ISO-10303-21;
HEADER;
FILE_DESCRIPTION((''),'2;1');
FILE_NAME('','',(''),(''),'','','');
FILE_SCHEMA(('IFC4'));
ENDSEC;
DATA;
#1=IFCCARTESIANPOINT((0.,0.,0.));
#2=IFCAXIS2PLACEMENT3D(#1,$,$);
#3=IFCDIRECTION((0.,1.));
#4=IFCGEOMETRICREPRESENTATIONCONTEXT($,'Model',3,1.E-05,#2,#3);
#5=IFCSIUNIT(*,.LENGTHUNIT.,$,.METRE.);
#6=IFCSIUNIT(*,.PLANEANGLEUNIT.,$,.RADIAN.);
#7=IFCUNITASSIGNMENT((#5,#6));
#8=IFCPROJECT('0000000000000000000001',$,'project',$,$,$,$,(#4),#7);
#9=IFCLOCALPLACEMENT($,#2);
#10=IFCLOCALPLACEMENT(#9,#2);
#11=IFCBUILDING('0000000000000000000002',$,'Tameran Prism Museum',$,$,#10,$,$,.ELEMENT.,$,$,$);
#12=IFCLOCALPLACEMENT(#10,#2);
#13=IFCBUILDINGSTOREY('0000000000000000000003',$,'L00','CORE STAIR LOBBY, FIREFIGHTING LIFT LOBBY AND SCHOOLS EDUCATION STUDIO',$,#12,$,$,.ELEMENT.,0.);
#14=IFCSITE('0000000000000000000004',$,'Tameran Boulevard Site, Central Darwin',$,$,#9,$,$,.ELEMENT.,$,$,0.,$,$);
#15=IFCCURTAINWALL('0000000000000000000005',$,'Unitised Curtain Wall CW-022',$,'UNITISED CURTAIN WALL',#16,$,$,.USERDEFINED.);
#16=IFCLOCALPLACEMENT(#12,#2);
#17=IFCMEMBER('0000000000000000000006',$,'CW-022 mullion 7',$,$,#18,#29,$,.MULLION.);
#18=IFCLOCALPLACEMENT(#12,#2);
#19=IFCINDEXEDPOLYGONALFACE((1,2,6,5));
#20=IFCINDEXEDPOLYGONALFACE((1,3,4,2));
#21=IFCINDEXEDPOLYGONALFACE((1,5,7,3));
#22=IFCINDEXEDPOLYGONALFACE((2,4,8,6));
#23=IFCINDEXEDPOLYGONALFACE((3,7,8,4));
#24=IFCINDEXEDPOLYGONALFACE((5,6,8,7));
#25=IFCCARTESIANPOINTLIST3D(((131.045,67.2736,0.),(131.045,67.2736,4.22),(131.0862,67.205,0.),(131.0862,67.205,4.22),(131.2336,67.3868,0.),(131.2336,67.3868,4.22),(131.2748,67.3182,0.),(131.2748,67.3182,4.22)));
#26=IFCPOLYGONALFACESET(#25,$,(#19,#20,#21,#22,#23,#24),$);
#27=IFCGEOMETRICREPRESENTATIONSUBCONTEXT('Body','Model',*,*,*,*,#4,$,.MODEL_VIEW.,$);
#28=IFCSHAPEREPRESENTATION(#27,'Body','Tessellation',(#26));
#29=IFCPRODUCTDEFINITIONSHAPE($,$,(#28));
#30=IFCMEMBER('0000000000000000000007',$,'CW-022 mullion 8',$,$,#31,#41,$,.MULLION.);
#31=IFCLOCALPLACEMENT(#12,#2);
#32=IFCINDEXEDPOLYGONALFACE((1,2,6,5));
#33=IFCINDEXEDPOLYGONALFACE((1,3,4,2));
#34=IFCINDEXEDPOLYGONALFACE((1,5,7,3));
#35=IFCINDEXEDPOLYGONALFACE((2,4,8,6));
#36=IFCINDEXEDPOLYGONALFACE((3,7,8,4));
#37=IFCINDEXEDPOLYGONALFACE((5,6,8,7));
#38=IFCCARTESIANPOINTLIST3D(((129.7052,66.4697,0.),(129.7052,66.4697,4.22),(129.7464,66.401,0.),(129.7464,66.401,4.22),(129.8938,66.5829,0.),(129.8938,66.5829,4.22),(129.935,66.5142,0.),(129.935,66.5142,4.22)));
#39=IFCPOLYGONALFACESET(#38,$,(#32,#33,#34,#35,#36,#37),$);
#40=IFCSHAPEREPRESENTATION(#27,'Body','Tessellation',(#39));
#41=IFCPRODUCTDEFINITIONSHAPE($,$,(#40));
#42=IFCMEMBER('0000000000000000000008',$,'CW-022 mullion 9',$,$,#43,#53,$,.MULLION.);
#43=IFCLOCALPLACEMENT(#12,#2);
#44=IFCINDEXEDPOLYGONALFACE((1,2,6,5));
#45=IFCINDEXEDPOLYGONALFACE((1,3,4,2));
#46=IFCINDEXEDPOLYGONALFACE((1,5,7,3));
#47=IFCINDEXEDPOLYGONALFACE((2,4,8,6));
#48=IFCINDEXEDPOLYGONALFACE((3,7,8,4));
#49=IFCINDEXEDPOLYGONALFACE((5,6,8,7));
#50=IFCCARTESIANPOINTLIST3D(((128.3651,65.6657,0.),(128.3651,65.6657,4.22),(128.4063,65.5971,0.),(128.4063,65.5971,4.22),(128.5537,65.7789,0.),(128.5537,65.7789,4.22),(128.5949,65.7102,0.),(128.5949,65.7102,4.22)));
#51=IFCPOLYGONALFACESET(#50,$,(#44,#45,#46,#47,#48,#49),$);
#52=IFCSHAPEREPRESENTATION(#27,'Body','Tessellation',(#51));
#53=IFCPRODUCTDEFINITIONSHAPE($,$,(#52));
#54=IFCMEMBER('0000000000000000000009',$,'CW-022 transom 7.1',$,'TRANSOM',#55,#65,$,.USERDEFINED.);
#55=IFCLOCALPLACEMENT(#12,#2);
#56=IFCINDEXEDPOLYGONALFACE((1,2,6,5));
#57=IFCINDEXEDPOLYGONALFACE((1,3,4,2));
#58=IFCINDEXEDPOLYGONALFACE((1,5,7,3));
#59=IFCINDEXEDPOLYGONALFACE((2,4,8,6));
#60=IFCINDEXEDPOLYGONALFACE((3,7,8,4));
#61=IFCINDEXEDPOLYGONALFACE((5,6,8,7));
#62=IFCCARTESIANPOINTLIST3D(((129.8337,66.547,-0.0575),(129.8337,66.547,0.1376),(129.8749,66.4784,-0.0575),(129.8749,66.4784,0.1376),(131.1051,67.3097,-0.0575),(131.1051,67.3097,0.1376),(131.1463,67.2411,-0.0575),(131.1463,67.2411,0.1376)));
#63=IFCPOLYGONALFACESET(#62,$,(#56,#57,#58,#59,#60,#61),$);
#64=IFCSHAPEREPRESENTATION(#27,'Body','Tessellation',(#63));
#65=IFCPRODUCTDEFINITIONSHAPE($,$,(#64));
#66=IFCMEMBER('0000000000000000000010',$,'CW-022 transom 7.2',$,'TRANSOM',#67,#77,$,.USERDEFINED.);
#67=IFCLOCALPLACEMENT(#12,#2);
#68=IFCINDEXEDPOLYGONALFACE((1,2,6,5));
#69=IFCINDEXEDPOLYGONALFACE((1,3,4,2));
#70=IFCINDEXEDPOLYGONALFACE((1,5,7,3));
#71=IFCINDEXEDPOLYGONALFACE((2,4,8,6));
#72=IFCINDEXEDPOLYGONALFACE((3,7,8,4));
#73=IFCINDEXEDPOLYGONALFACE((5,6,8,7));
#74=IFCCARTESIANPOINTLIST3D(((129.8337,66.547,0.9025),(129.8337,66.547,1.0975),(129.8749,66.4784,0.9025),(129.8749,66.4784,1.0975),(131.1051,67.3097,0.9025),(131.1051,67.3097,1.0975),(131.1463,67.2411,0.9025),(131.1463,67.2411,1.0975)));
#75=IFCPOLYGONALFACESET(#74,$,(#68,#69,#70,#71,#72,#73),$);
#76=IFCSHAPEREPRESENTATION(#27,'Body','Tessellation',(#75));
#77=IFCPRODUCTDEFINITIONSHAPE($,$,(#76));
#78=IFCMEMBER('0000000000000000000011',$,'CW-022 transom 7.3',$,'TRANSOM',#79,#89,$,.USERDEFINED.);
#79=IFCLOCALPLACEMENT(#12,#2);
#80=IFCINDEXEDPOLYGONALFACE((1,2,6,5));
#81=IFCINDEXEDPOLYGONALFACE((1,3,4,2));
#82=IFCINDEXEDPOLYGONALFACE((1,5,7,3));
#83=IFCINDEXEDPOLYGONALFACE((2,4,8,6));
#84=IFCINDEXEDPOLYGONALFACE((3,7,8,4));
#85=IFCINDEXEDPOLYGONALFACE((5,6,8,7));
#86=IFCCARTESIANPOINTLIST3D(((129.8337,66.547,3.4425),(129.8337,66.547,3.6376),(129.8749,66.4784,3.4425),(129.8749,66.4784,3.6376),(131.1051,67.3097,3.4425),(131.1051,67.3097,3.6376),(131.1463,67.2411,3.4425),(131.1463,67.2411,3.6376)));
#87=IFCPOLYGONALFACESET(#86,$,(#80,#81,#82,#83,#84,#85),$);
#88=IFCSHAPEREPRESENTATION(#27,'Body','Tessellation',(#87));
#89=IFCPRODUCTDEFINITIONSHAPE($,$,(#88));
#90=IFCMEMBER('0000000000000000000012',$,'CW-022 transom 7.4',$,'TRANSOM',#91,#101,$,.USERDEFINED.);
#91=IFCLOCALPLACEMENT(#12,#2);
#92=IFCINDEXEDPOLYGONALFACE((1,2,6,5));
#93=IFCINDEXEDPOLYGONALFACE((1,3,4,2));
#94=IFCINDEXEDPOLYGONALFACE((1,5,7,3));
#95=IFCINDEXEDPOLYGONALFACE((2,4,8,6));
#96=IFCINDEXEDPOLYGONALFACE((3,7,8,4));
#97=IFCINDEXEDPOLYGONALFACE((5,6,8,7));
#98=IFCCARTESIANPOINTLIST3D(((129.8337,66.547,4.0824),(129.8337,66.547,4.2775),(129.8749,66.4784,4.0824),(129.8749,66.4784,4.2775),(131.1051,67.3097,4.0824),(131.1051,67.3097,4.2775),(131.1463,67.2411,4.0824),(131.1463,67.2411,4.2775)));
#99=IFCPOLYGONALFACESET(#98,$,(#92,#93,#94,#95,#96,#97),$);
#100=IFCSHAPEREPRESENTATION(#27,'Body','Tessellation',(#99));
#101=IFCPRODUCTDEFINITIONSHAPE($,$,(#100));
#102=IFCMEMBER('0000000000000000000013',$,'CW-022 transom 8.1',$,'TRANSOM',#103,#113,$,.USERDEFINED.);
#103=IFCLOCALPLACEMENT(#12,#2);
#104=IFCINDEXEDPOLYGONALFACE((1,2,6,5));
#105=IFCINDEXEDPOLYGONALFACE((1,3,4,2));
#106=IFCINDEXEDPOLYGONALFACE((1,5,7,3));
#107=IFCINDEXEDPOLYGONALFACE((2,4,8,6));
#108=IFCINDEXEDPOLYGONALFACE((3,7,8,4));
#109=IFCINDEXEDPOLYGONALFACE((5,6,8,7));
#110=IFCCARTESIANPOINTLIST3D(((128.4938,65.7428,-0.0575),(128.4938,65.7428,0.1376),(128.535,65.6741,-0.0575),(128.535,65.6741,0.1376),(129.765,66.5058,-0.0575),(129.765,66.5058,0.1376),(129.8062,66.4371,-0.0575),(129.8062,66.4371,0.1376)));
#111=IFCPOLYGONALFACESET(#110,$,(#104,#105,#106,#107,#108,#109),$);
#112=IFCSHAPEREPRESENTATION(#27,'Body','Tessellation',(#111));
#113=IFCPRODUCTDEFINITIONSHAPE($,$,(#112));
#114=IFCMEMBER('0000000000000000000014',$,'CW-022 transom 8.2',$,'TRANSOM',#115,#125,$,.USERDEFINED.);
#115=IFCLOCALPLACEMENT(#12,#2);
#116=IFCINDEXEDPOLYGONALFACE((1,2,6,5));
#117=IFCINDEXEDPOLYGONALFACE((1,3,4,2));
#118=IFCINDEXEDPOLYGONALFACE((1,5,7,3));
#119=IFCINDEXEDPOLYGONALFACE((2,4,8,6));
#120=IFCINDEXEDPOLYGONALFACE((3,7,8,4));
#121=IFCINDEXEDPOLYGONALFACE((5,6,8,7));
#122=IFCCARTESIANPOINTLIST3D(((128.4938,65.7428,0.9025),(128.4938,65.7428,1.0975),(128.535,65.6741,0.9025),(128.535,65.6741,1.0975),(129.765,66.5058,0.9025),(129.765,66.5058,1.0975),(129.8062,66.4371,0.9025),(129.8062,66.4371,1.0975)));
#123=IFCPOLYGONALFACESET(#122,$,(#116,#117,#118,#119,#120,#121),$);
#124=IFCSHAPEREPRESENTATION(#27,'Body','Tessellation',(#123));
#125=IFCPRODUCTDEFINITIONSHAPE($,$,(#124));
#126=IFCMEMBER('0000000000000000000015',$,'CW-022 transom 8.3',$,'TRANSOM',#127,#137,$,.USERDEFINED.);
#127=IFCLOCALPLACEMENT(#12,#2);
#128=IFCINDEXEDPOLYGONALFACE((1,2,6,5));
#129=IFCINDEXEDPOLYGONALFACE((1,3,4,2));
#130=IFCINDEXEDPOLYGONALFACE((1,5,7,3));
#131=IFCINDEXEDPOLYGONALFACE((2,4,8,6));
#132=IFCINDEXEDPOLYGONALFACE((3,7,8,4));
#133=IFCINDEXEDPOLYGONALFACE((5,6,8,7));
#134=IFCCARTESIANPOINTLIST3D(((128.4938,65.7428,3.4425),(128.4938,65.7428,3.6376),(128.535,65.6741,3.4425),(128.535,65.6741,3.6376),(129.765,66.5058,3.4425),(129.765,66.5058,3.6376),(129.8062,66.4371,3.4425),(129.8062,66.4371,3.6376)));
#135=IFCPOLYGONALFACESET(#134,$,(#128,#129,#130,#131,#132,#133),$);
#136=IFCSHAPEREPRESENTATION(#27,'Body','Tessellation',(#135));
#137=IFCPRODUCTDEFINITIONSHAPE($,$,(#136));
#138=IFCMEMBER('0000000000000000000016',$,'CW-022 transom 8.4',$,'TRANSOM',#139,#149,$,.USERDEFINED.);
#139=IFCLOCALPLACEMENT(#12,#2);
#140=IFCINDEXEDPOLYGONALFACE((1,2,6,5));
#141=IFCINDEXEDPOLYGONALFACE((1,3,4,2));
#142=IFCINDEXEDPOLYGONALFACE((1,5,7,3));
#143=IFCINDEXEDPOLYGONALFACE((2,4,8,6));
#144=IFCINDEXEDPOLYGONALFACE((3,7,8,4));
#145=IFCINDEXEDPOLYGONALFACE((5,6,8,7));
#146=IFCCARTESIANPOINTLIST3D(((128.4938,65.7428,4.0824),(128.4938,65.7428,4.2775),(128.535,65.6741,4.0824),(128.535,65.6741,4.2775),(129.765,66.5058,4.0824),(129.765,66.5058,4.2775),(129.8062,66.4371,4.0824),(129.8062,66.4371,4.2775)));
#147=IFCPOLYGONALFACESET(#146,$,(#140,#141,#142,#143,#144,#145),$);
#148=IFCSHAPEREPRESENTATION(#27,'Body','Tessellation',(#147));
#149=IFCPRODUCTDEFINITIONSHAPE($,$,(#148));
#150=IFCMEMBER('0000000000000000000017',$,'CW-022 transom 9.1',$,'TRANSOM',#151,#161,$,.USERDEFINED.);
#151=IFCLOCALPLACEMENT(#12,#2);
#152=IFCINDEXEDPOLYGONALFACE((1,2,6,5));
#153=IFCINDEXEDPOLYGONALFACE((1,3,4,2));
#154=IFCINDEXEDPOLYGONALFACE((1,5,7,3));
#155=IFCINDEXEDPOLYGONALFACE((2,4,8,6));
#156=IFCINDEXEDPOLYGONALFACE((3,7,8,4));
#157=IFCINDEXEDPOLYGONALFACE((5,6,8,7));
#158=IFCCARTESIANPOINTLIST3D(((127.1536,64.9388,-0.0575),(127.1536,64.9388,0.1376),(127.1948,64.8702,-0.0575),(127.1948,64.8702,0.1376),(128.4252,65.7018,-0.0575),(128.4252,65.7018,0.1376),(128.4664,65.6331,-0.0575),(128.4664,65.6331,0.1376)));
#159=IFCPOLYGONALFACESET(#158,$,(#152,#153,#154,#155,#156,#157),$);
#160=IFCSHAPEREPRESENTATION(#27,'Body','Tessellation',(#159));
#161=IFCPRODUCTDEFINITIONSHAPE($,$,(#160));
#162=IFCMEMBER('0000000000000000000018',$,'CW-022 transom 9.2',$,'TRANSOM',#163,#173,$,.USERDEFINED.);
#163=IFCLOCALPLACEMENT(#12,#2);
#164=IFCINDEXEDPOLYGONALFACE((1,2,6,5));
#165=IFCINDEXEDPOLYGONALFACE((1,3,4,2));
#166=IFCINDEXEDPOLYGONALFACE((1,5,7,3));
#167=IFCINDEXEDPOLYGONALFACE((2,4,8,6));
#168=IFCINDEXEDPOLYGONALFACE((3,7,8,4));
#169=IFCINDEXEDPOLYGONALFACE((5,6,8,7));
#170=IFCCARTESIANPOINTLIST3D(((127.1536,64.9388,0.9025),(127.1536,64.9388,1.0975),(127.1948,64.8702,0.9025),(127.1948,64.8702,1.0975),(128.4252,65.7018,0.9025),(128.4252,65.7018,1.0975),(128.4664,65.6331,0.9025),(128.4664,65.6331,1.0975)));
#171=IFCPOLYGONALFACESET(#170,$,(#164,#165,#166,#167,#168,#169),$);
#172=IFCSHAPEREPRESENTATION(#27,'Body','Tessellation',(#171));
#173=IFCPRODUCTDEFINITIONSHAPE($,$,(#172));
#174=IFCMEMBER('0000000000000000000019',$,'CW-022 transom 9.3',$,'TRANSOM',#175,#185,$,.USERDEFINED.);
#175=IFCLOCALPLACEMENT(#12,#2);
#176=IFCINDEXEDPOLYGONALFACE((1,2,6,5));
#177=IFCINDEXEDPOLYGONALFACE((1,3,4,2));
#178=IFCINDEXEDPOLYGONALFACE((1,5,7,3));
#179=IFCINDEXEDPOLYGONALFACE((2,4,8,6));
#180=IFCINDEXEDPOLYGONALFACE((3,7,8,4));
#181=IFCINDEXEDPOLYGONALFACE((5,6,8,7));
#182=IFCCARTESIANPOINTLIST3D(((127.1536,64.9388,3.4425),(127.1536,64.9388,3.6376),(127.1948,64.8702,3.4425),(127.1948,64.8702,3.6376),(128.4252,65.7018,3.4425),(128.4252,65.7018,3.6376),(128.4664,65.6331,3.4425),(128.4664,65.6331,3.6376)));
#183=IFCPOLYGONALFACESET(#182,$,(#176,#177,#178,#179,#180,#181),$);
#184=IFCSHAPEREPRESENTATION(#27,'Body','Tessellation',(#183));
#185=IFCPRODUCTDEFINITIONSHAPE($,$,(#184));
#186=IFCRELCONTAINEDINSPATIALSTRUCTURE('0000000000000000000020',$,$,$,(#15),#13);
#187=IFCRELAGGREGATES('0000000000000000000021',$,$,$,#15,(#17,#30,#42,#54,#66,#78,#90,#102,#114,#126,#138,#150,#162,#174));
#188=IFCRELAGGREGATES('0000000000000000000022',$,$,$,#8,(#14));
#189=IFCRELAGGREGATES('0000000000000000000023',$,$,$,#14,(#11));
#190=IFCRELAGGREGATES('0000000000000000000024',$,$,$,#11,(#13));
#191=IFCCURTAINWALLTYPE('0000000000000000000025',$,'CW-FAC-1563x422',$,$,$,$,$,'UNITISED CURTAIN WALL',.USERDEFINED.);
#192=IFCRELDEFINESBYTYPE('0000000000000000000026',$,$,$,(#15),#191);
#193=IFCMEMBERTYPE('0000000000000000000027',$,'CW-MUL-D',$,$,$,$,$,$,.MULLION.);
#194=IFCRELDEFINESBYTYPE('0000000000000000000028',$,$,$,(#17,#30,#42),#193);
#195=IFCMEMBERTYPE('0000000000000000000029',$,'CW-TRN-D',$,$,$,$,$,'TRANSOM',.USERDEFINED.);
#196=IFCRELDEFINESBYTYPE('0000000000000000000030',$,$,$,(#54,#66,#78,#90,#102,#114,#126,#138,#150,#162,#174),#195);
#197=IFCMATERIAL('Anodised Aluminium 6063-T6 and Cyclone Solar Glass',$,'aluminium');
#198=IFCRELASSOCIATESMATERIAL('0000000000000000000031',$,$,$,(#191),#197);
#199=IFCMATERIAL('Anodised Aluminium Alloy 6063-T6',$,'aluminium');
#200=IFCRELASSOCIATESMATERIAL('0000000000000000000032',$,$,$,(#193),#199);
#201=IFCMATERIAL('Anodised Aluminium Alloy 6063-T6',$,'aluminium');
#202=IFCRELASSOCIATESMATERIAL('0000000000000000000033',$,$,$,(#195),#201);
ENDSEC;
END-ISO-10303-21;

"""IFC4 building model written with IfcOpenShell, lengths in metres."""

from ifc_helpers import new_model, si_unit, direction, frame, origin, origin_2d, place, context, subcontext, project, spatial, rectangle, extrude, material, material_profile, profile_set, type_object, element, aggregate, save


model = new_model("IFC4")

# Units and contexts
model_context = context("Model", 3, precision=1e-05, world=origin(), true_north=direction((0.0, 1.0)))
body_context = subcontext(model_context, "Body", "Model", "MODEL_VIEW")
ifc_project = project(units=[si_unit("LENGTHUNIT", "METRE"), si_unit("PLANEANGLEUNIT", "RADIAN")], contexts=[model_context])

# Site, building, storey
site_placement = place(None, origin())
site = spatial("IfcSite", under=ifc_project, at=site_placement, Name="Tameran Boulevard Site, Central Darwin", CompositionType="ELEMENT", RefElevation=0.0)
building_placement = place(site_placement, origin())
building = spatial("IfcBuilding", under=site, at=building_placement, Name="Tameran Prism Museum", CompositionType="ELEMENT")
storey_placement = place(building_placement, origin())
storey = spatial("IfcBuildingStorey", under=building, at=storey_placement, Name="L00", Description="CORE STAIR LOBBY, FIREFIGHTING LIFT LOBBY AND SCHOOLS EDUCATION STUDIO", CompositionType="ELEMENT", Elevation=0.0)

# Curtain wall, members
ifc_material_1 = material(Name="Anodised Aluminium 6063-T6 and Cyclone Solar Glass", Category="aluminium")
curtain_wall_type = type_object("IfcCurtainWallType", Name="CW-FAC-1563x422", ElementType="UNITISED CURTAIN WALL", PredefinedType="USERDEFINED", material=ifc_material_1)
curtain_wall_placement = place(storey_placement, origin())
curtain_wall = element("IfcCurtainWall", 1, at=curtain_wall_placement, inside=storey, type_object=curtain_wall_type, Name="Unitised Curtain Wall CW-022", ObjectType="UNITISED CURTAIN WALL", PredefinedType="USERDEFINED")
ifc_material_2 = material(Name="Anodised Aluminium Alloy 6063-T6", Category="aluminium")
ifc_material_profile_1 = material_profile(ifc_material_2, rectangle(XDim=0.0801, YDim=0.22, at=origin_2d()))
ifc_profile_set_1 = profile_set([ifc_material_profile_1])
member_type_1 = type_object("IfcMemberType", Name="CW-MUL-D", PredefinedType="MULLION", material=ifc_profile_set_1)
member_1_placement = place(storey_placement, frame((131.1599, 67.2959, 0.0), z_axis=(0.0, 0.0, 1.0), x_axis=(0.514496, -0.857493, 0.0)))
member_1 = element("IfcMember", 2, at=member_1_placement, type_object=member_type_1, Name="CW-022 mullion 7", PredefinedType="MULLION", context=body_context, shape_type="SweptSolid", body=[
    extrude(rectangle(XDim=0.0801, YDim=0.22, at=origin_2d()), origin(), (0.0, 0.0, 1.0), 4.22),
])
member_2_placement = place(storey_placement, frame((129.8201, 66.4919, 0.0), z_axis=(0.0, 0.0, 1.0), x_axis=(0.514496, -0.857493, 0.0)))
member_2 = element("IfcMember", 3, at=member_2_placement, type_object=member_type_1, Name="CW-022 mullion 8", PredefinedType="MULLION", context=body_context, shape_type="SweptSolid", body=[
    extrude(rectangle(XDim=0.0801, YDim=0.22, at=origin_2d()), origin(), (0.0, 0.0, 1.0), 4.22),
])
member_3_placement = place(storey_placement, frame((128.48, 65.688, 0.0), z_axis=(0.0, 0.0, 1.0), x_axis=(0.514496, -0.857493, 0.0)))
member_3 = element("IfcMember", 4, at=member_3_placement, type_object=member_type_1, Name="CW-022 mullion 9", PredefinedType="MULLION", context=body_context, shape_type="SweptSolid", body=[
    extrude(rectangle(XDim=0.0801, YDim=0.22, at=origin_2d()), origin(), (0.0, 0.0, 1.0), 4.22),
])
ifc_material_3 = material(Name="Anodised Aluminium Alloy 6063-T6", Category="aluminium")
ifc_material_profile_2 = material_profile(ifc_material_3, rectangle(XDim=0.0801, YDim=0.1951, at=origin_2d()))
ifc_profile_set_2 = profile_set([ifc_material_profile_2])
member_type_2 = type_object("IfcMemberType", Name="CW-TRN-D", ElementType="TRANSOM", PredefinedType="USERDEFINED", material=ifc_profile_set_2)
member_4_placement = place(storey_placement, frame((131.1257, 67.2754, 0.04), z_axis=(-0.857551, -0.514399, 0.0), x_axis=(0.514399, -0.857551, 0.0)))
member_4 = element("IfcMember", 5, at=member_4_placement, type_object=member_type_2, Name="CW-022 transom 7.1", ObjectType="TRANSOM", PredefinedType="USERDEFINED", context=body_context, shape_type="SweptSolid", body=[
    extrude(rectangle(XDim=0.0801, YDim=0.1951, at=origin_2d()), origin(), (0.0, 0.0, 1.0), 1.4827),
])
member_5_placement = place(storey_placement, frame((131.1257, 67.2754, 1.0), z_axis=(-0.857551, -0.514399, 0.0), x_axis=(0.514399, -0.857551, 0.0)))
member_5 = element("IfcMember", 6, at=member_5_placement, type_object=member_type_2, Name="CW-022 transom 7.2", ObjectType="TRANSOM", PredefinedType="USERDEFINED", context=body_context, shape_type="SweptSolid", body=[
    extrude(rectangle(XDim=0.0801, YDim=0.1951, at=origin_2d()), origin(), (0.0, 0.0, 1.0), 1.4827),
])
member_6_placement = place(storey_placement, frame((131.1257, 67.2754, 3.54), z_axis=(-0.857551, -0.514399, 0.0), x_axis=(0.514399, -0.857551, 0.0)))
member_6 = element("IfcMember", 7, at=member_6_placement, type_object=member_type_2, Name="CW-022 transom 7.3", ObjectType="TRANSOM", PredefinedType="USERDEFINED", context=body_context, shape_type="SweptSolid", body=[
    extrude(rectangle(XDim=0.0801, YDim=0.1951, at=origin_2d()), origin(), (0.0, 0.0, 1.0), 1.4827),
])
member_7_placement = place(storey_placement, frame((131.1257, 67.2754, 4.1799), z_axis=(-0.857551, -0.514399, 0.0), x_axis=(0.514399, -0.857551, 0.0)))
member_7 = element("IfcMember", 8, at=member_7_placement, type_object=member_type_2, Name="CW-022 transom 7.4", ObjectType="TRANSOM", PredefinedType="USERDEFINED", context=body_context, shape_type="SweptSolid", body=[
    extrude(rectangle(XDim=0.0801, YDim=0.1951, at=origin_2d()), origin(), (0.0, 0.0, 1.0), 1.4827),
])
member_8_placement = place(storey_placement, frame((129.7856, 66.4714, 0.04), z_axis=(-0.857435, -0.514593, 0.0), x_axis=(0.514593, -0.857435, 0.0)))
member_8 = element("IfcMember", 9, at=member_8_placement, type_object=member_type_2, Name="CW-022 transom 8.1", ObjectType="TRANSOM", PredefinedType="USERDEFINED", context=body_context, shape_type="SweptSolid", body=[
    extrude(rectangle(XDim=0.0801, YDim=0.1951, at=origin_2d()), origin(), (0.0, 0.0, 1.0), 1.4827),
])
member_9_placement = place(storey_placement, frame((129.7856, 66.4714, 1.0), z_axis=(-0.857435, -0.514593, 0.0), x_axis=(0.514593, -0.857435, 0.0)))
member_9 = element("IfcMember", 10, at=member_9_placement, type_object=member_type_2, Name="CW-022 transom 8.2", ObjectType="TRANSOM", PredefinedType="USERDEFINED", context=body_context, shape_type="SweptSolid", body=[
    extrude(rectangle(XDim=0.0801, YDim=0.1951, at=origin_2d()), origin(), (0.0, 0.0, 1.0), 1.4827),
])
member_10_placement = place(storey_placement, frame((129.7856, 66.4714, 3.54), z_axis=(-0.857435, -0.514593, 0.0), x_axis=(0.514593, -0.857435, 0.0)))
member_10 = element("IfcMember", 11, at=member_10_placement, type_object=member_type_2, Name="CW-022 transom 8.3", ObjectType="TRANSOM", PredefinedType="USERDEFINED", context=body_context, shape_type="SweptSolid", body=[
    extrude(rectangle(XDim=0.0801, YDim=0.1951, at=origin_2d()), origin(), (0.0, 0.0, 1.0), 1.4827),
])
member_11_placement = place(storey_placement, frame((129.7856, 66.4714, 4.1799), z_axis=(-0.857435, -0.514593, 0.0), x_axis=(0.514593, -0.857435, 0.0)))
member_11 = element("IfcMember", 12, at=member_11_placement, type_object=member_type_2, Name="CW-022 transom 8.4", ObjectType="TRANSOM", PredefinedType="USERDEFINED", context=body_context, shape_type="SweptSolid", body=[
    extrude(rectangle(XDim=0.0801, YDim=0.1951, at=origin_2d()), origin(), (0.0, 0.0, 1.0), 1.4827),
])
member_12_placement = place(storey_placement, frame((128.4458, 65.6675, 0.04), z_axis=(-0.857478, -0.51452, 0.0), x_axis=(0.51452, -0.857478, 0.0)))
member_12 = element("IfcMember", 13, at=member_12_placement, type_object=member_type_2, Name="CW-022 transom 9.1", ObjectType="TRANSOM", PredefinedType="USERDEFINED", context=body_context, shape_type="SweptSolid", body=[
    extrude(rectangle(XDim=0.0801, YDim=0.1951, at=origin_2d()), origin(), (0.0, 0.0, 1.0), 1.4829),
])
member_13_placement = place(storey_placement, frame((128.4458, 65.6675, 1.0), z_axis=(-0.857478, -0.51452, 0.0), x_axis=(0.51452, -0.857478, 0.0)))
member_13 = element("IfcMember", 14, at=member_13_placement, type_object=member_type_2, Name="CW-022 transom 9.2", ObjectType="TRANSOM", PredefinedType="USERDEFINED", context=body_context, shape_type="SweptSolid", body=[
    extrude(rectangle(XDim=0.0801, YDim=0.1951, at=origin_2d()), origin(), (0.0, 0.0, 1.0), 1.4829),
])
member_14_placement = place(storey_placement, frame((128.4458, 65.6675, 3.54), z_axis=(-0.857478, -0.51452, 0.0), x_axis=(0.51452, -0.857478, 0.0)))
member_14 = element("IfcMember", 15, at=member_14_placement, type_object=member_type_2, Name="CW-022 transom 9.3", ObjectType="TRANSOM", PredefinedType="USERDEFINED", context=body_context, shape_type="SweptSolid", body=[
    extrude(rectangle(XDim=0.0801, YDim=0.1951, at=origin_2d()), origin(), (0.0, 0.0, 1.0), 1.4829),
])
aggregate(curtain_wall, [member_1, member_2, member_3, member_4, member_5, member_6, member_7, member_8, member_9, member_10, member_11, member_12, member_13, member_14])

save(model, "model.ifc")
